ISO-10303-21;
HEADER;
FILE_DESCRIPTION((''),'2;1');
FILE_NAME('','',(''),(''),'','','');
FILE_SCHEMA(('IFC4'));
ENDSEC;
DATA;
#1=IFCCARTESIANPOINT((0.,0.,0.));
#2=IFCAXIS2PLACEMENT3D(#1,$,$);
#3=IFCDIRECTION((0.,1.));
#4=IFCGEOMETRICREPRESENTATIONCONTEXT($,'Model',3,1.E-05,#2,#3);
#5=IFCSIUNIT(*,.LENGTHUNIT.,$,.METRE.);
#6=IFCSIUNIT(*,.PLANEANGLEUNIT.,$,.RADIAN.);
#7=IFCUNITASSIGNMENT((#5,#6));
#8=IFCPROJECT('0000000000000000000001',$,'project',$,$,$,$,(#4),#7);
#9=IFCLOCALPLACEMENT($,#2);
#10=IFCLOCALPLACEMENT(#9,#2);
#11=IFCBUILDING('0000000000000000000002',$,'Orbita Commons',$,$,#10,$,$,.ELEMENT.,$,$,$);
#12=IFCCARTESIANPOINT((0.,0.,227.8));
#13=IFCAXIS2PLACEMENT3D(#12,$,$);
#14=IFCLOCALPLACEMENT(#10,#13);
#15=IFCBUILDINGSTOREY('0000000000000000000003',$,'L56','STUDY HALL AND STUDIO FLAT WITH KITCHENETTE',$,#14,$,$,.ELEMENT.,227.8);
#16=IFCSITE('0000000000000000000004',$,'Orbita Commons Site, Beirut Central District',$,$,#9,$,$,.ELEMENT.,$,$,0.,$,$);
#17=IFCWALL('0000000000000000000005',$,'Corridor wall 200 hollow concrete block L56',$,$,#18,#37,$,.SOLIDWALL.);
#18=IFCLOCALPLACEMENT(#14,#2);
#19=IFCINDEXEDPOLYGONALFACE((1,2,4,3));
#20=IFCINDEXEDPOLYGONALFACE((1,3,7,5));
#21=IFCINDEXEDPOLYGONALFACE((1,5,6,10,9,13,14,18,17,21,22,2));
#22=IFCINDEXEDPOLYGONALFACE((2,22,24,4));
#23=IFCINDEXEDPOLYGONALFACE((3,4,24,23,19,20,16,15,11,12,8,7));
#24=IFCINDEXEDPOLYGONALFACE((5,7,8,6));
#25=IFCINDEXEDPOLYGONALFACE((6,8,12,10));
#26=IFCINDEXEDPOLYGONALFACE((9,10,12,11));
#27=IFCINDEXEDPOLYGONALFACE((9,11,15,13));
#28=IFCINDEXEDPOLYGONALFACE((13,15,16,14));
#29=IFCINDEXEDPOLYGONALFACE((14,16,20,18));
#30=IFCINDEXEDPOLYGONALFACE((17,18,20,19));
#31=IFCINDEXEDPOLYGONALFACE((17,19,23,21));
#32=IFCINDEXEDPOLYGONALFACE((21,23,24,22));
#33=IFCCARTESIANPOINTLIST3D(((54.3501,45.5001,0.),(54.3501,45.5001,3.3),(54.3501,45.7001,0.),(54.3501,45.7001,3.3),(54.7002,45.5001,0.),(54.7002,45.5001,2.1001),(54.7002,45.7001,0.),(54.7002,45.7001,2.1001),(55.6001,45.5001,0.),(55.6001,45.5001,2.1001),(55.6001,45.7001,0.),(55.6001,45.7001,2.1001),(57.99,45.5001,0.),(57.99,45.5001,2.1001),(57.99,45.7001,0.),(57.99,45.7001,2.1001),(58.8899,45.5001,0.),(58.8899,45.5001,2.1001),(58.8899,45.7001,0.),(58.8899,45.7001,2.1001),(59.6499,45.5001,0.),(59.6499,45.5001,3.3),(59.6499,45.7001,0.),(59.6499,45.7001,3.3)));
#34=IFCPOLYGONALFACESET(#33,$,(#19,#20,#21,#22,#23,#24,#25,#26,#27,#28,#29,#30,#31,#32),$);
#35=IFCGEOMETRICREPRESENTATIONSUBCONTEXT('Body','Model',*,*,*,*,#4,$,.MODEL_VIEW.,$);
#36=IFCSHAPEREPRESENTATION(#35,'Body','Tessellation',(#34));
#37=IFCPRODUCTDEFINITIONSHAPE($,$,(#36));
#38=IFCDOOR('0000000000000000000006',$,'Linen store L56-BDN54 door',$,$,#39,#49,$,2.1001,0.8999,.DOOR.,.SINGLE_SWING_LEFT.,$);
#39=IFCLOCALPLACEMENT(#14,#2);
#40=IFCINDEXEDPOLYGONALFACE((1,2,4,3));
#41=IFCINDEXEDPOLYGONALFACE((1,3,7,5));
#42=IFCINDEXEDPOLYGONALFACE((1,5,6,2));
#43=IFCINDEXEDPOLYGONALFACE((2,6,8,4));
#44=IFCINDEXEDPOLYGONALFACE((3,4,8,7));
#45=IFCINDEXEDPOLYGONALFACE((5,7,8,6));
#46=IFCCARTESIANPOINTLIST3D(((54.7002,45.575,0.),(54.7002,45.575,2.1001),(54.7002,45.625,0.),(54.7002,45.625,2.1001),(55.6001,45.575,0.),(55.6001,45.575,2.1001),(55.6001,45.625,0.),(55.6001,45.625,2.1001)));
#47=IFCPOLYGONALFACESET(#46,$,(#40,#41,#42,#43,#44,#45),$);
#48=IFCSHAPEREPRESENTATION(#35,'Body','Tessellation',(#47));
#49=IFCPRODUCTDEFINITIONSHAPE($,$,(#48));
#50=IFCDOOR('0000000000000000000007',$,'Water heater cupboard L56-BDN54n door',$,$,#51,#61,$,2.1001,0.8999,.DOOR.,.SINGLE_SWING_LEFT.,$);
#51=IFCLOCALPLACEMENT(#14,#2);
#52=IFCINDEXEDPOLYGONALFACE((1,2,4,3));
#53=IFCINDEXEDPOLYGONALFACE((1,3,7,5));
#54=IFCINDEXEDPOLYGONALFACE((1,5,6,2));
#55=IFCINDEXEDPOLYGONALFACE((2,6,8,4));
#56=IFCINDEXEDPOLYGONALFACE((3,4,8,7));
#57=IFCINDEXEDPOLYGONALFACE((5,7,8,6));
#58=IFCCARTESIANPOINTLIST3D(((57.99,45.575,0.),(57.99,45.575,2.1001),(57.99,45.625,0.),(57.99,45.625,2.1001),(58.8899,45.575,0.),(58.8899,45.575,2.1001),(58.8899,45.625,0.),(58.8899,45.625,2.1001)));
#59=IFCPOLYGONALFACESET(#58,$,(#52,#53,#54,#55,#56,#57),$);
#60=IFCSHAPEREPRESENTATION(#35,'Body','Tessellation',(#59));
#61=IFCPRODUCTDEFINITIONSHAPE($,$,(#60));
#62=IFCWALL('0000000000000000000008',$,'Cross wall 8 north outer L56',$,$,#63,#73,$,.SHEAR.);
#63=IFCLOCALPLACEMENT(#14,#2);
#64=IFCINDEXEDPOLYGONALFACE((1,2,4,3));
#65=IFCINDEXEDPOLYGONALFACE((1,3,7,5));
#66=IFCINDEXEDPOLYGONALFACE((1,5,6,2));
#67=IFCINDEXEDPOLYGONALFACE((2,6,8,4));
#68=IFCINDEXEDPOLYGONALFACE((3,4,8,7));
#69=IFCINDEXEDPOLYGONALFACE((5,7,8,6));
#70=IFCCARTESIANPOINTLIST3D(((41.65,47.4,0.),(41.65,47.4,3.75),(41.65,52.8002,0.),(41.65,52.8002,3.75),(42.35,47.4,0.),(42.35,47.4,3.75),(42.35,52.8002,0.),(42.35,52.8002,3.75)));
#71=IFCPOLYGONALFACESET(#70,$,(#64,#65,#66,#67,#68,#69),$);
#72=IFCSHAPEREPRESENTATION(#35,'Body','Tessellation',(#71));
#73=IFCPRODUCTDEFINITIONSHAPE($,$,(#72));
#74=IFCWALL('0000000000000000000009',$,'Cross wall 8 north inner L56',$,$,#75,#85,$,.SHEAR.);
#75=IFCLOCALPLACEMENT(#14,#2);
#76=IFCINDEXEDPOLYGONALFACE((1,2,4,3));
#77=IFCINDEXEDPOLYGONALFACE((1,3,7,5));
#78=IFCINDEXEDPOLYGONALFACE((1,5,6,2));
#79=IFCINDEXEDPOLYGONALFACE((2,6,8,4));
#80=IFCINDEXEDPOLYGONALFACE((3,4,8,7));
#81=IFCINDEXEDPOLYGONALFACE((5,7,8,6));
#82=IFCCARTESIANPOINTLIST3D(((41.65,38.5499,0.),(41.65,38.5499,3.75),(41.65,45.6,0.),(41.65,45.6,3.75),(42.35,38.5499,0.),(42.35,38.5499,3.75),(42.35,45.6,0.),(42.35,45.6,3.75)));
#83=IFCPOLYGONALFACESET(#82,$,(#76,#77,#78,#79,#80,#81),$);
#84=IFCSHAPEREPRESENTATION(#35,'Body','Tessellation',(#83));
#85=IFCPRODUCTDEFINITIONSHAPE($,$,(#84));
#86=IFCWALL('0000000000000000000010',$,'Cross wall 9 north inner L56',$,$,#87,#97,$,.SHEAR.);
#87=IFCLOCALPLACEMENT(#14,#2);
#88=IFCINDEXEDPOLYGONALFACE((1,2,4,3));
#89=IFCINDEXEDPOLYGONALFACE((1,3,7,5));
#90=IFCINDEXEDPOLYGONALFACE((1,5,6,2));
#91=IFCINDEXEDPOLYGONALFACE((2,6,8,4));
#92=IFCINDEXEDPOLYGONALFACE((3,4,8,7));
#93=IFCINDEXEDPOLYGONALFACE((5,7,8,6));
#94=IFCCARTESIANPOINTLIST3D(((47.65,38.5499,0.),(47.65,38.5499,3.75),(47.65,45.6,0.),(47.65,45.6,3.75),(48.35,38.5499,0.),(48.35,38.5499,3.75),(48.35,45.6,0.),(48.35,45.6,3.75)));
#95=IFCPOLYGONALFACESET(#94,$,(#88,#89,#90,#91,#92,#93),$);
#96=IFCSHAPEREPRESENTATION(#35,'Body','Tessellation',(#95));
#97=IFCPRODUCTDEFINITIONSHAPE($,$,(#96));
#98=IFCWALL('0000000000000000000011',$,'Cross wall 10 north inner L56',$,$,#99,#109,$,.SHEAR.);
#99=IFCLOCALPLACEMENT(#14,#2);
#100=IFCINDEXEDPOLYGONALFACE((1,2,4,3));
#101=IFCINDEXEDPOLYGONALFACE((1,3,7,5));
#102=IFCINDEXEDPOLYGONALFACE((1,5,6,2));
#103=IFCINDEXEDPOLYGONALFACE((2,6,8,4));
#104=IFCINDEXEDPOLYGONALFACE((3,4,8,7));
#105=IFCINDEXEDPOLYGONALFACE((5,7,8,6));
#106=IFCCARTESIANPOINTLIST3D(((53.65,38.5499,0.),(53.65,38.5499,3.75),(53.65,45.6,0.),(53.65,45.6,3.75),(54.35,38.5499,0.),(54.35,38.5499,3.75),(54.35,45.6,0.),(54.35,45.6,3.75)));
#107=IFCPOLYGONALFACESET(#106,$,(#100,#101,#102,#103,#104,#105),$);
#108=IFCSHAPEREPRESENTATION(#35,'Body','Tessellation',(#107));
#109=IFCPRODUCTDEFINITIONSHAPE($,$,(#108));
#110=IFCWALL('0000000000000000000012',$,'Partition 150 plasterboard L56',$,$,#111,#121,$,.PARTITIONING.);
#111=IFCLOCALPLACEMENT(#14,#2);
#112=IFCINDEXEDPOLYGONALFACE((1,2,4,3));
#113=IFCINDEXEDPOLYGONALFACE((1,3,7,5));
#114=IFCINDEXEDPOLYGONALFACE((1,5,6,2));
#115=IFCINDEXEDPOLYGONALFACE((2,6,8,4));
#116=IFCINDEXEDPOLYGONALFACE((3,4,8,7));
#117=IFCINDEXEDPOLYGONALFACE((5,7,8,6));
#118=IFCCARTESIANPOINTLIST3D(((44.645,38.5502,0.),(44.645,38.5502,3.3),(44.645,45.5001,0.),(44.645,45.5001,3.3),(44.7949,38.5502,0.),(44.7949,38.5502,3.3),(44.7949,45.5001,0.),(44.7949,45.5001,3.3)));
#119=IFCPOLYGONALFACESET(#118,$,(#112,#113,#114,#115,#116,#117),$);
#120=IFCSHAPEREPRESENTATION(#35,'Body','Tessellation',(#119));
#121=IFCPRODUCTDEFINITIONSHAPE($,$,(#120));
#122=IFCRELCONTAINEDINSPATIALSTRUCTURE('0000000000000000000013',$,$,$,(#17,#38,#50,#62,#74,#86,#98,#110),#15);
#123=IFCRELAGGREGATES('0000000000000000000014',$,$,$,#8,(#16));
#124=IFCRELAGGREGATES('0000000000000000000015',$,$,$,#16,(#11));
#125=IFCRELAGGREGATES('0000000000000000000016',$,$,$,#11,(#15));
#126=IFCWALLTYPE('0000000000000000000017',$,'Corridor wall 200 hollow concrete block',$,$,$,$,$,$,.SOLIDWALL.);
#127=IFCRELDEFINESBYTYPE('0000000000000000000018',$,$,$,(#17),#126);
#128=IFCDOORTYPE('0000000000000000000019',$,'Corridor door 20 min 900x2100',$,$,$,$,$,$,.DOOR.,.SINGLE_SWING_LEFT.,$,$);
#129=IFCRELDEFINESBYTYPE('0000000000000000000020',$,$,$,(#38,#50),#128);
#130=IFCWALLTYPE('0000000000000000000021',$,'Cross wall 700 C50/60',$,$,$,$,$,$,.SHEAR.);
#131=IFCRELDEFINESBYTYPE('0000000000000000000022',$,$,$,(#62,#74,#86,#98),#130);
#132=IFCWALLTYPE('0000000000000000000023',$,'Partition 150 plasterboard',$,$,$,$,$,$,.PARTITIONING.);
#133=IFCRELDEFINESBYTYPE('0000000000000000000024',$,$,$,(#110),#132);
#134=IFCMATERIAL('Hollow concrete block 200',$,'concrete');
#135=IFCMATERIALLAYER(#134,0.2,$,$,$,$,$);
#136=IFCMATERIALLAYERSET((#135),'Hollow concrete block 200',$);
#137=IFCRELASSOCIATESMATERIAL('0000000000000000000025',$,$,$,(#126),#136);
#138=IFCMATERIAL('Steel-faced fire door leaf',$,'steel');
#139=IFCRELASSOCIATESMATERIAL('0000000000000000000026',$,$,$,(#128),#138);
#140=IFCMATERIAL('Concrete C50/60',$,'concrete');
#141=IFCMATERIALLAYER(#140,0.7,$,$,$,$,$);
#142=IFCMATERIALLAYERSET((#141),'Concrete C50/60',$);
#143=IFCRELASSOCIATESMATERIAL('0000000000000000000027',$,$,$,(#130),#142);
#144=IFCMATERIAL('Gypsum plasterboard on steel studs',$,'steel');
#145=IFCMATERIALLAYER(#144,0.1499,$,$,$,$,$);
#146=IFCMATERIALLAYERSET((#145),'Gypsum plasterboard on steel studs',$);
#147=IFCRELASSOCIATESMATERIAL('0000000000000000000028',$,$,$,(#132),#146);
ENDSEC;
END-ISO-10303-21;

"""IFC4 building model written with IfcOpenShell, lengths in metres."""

from ifc_helpers import new_model, si_unit, direction, frame, frame_2d, origin, place, context, subcontext, project, spatial, rectangle, extrude, material, layer, layer_set, type_object, element, fill, save


model = new_model("IFC4")

# Units and contexts
model_context = context("Model", 3, precision=1e-05, world=origin(), true_north=direction((0.0, 1.0)))
body_context = subcontext(model_context, "Body", "Model", "MODEL_VIEW")
ifc_project = project(units=[si_unit("LENGTHUNIT", "METRE"), si_unit("PLANEANGLEUNIT", "RADIAN")], contexts=[model_context])

# Site, building, storey
site_placement = place(None, origin())
site = spatial("IfcSite", under=ifc_project, at=site_placement, Name="Orbita Commons Site, Beirut Central District", CompositionType="ELEMENT", RefElevation=0.0)
building_placement = place(site_placement, origin())
building = spatial("IfcBuilding", under=site, at=building_placement, Name="Orbita Commons", CompositionType="ELEMENT")
storey_placement = place(building_placement, frame((0.0, 0.0, 227.8)))
storey = spatial("IfcBuildingStorey", under=building, at=storey_placement, Name="L56", Description="STUDY HALL AND STUDIO FLAT WITH KITCHENETTE", CompositionType="ELEMENT", Elevation=227.8)

# Shared definitions
ifc_material_1 = material(Name="Hollow concrete block 200", Category="concrete")
ifc_layer_1 = layer(ifc_material_1, 0.2)
ifc_layer_set_1 = layer_set([ifc_layer_1], Name="Hollow concrete block 200")
wall_type_1 = type_object("IfcWallType", Name="Corridor wall 200 hollow concrete block", PredefinedType="SOLIDWALL", material=ifc_layer_set_1)
ifc_material_2 = material(Name="Steel-faced fire door leaf", Category="steel")
door_type_1 = type_object("IfcDoorType", Name="Corridor door 20 min 900x2100", OperationType="SINGLE_SWING_LEFT", PredefinedType="DOOR", material=ifc_material_2)

# Wall, openings, doors
wall_1_placement = place(storey_placement, frame((54.3501, 45.6001, 0.0), z_axis=(0.0, 0.0, 1.0), x_axis=(1.0, 0.0, 0.0)))
wall_1 = element("IfcWall", 1, at=wall_1_placement, inside=storey, type_object=wall_type_1, Name="Corridor wall 200 hollow concrete block L56", PredefinedType="SOLIDWALL", context=body_context, shape_type="SweptSolid", body=[
    extrude(rectangle(XDim=5.2998, YDim=0.2, at=frame_2d((2.6499, 0.0))), origin(), (0.0, 0.0, 1.0), 3.3),
])
opening_1_placement = place(wall_1_placement, frame((0.3501, 0.0, 0.0)))
opening_1 = element("IfcOpeningElement", 2, at=opening_1_placement, cuts=wall_1, PredefinedType="OPENING", context=body_context, shape_type="SweptSolid", body=[
    extrude(rectangle(XDim=0.8999, YDim=2.1001, at=frame_2d((0.45, 1.05))), frame((0.0, 0.1099, 0.0), z_axis=(0.0, -1.0, 0.0), x_axis=(1.0, 0.0, 0.0)), (0.0, 0.0, 1.0), 0.22),
])
opening_2_placement = place(wall_1_placement, frame((3.6399, 0.0, 0.0)))
opening_2 = element("IfcOpeningElement", 3, at=opening_2_placement, cuts=wall_1, PredefinedType="OPENING", context=body_context, shape_type="SweptSolid", body=[
    extrude(rectangle(XDim=0.8999, YDim=2.1001, at=frame_2d((0.45, 1.05))), frame((0.0, 0.1099, 0.0), z_axis=(0.0, -1.0, 0.0), x_axis=(1.0, 0.0, 0.0)), (0.0, 0.0, 1.0), 0.22),
])
door_1_placement = place(opening_1_placement, origin())
door_1 = element("IfcDoor", 4, at=door_1_placement, inside=storey, type_object=door_type_1, Name="Linen store L56-BDN54 door", OperationType="SINGLE_SWING_LEFT", OverallHeight=2.1001, OverallWidth=0.8999, PredefinedType="DOOR", context=body_context, shape_type="SweptSolid", body=[
    extrude(rectangle(XDim=0.8999, YDim=2.1001, at=frame_2d((0.45, 1.05))), frame((0.0, 0.0249, 0.0), z_axis=(0.0, -1.0, 0.0), x_axis=(1.0, 0.0, 0.0)), (0.0, 0.0, 1.0), 0.05),
])
fill(opening_1, door_1)
door_2_placement = place(opening_2_placement, origin())
door_2 = element("IfcDoor", 5, at=door_2_placement, inside=storey, type_object=door_type_1, Name="Water heater cupboard L56-BDN54n door", OperationType="SINGLE_SWING_LEFT", OverallHeight=2.1001, OverallWidth=0.8999, PredefinedType="DOOR", context=body_context, shape_type="SweptSolid", body=[
    extrude(rectangle(XDim=0.8999, YDim=2.1001, at=frame_2d((0.45, 1.05))), frame((0.0, 0.0249, 0.0), z_axis=(0.0, -1.0, 0.0), x_axis=(1.0, 0.0, 0.0)), (0.0, 0.0, 1.0), 0.05),
])
fill(opening_2, door_2)

# Walls
ifc_material_3 = material(Name="Concrete C50/60", Category="concrete")
ifc_layer_2 = layer(ifc_material_3, 0.7)
ifc_layer_set_2 = layer_set([ifc_layer_2], Name="Concrete C50/60")
wall_type_2 = type_object("IfcWallType", Name="Cross wall 700 C50/60", PredefinedType="SHEAR", material=ifc_layer_set_2)
wall_2_placement = place(storey_placement, frame((42.0, 47.3999, 0.0), z_axis=(0.0, 0.0, 1.0), x_axis=(0.0, 1.0, 0.0)))
element("IfcWall", 6, at=wall_2_placement, inside=storey, type_object=wall_type_2, Name="Cross wall 8 north outer L56", PredefinedType="SHEAR", context=body_context, shape_type="SweptSolid", body=[
    extrude(rectangle(XDim=5.4001, YDim=0.7, at=frame_2d((2.7002, 0.0))), origin(), (0.0, 0.0, 1.0), 3.75),
])
for number, where, z_axis, x_axis, name in (
    (7, (42.0, 38.55, 0.0), (0.0, 0.0, 1.0), (0.0, 1.0, 0.0), "Cross wall 8 north inner L56"),
    (8, (48.0, 38.55, 0.0), (0.0, 0.0, 1.0), (0.0, 1.0, 0.0), "Cross wall 9 north inner L56"),
    (9, (54.0, 38.55, 0.0), (0.0, 0.0, 1.0), (0.0, 1.0, 0.0), "Cross wall 10 north inner L56"),
):
    element("IfcWall", number, at=place(storey_placement, frame(where, z_axis=z_axis, x_axis=x_axis)), inside=storey, type_object=wall_type_2, Name=name, PredefinedType="SHEAR", context=body_context, shape_type="SweptSolid", body=[
        extrude(rectangle(XDim=7.05, YDim=0.7, at=frame_2d((3.5249, 0.0))), origin(), (0.0, 0.0, 1.0), 3.75),
    ])
ifc_material_4 = material(Name="Gypsum plasterboard on steel studs", Category="steel")
ifc_layer_3 = layer(ifc_material_4, 0.1499)
ifc_layer_set_3 = layer_set([ifc_layer_3], Name="Gypsum plasterboard on steel studs")
wall_type_3 = type_object("IfcWallType", Name="Partition 150 plasterboard", PredefinedType="PARTITIONING", material=ifc_layer_set_3)
wall_3_placement = place(storey_placement, frame((44.72, 38.55, 0.0), z_axis=(0.0, 0.0, 1.0), x_axis=(0.0, 1.0, 0.0)))
element("IfcWall", 10, at=wall_3_placement, inside=storey, type_object=wall_type_3, Name="Partition 150 plasterboard L56", PredefinedType="PARTITIONING", context=body_context, shape_type="SweptSolid", body=[
    extrude(rectangle(XDim=6.95, YDim=0.1499, at=frame_2d((3.4751, 0.0))), origin(), (0.0, 0.0, 1.0), 3.3),
])

save(model, "model.ifc")
